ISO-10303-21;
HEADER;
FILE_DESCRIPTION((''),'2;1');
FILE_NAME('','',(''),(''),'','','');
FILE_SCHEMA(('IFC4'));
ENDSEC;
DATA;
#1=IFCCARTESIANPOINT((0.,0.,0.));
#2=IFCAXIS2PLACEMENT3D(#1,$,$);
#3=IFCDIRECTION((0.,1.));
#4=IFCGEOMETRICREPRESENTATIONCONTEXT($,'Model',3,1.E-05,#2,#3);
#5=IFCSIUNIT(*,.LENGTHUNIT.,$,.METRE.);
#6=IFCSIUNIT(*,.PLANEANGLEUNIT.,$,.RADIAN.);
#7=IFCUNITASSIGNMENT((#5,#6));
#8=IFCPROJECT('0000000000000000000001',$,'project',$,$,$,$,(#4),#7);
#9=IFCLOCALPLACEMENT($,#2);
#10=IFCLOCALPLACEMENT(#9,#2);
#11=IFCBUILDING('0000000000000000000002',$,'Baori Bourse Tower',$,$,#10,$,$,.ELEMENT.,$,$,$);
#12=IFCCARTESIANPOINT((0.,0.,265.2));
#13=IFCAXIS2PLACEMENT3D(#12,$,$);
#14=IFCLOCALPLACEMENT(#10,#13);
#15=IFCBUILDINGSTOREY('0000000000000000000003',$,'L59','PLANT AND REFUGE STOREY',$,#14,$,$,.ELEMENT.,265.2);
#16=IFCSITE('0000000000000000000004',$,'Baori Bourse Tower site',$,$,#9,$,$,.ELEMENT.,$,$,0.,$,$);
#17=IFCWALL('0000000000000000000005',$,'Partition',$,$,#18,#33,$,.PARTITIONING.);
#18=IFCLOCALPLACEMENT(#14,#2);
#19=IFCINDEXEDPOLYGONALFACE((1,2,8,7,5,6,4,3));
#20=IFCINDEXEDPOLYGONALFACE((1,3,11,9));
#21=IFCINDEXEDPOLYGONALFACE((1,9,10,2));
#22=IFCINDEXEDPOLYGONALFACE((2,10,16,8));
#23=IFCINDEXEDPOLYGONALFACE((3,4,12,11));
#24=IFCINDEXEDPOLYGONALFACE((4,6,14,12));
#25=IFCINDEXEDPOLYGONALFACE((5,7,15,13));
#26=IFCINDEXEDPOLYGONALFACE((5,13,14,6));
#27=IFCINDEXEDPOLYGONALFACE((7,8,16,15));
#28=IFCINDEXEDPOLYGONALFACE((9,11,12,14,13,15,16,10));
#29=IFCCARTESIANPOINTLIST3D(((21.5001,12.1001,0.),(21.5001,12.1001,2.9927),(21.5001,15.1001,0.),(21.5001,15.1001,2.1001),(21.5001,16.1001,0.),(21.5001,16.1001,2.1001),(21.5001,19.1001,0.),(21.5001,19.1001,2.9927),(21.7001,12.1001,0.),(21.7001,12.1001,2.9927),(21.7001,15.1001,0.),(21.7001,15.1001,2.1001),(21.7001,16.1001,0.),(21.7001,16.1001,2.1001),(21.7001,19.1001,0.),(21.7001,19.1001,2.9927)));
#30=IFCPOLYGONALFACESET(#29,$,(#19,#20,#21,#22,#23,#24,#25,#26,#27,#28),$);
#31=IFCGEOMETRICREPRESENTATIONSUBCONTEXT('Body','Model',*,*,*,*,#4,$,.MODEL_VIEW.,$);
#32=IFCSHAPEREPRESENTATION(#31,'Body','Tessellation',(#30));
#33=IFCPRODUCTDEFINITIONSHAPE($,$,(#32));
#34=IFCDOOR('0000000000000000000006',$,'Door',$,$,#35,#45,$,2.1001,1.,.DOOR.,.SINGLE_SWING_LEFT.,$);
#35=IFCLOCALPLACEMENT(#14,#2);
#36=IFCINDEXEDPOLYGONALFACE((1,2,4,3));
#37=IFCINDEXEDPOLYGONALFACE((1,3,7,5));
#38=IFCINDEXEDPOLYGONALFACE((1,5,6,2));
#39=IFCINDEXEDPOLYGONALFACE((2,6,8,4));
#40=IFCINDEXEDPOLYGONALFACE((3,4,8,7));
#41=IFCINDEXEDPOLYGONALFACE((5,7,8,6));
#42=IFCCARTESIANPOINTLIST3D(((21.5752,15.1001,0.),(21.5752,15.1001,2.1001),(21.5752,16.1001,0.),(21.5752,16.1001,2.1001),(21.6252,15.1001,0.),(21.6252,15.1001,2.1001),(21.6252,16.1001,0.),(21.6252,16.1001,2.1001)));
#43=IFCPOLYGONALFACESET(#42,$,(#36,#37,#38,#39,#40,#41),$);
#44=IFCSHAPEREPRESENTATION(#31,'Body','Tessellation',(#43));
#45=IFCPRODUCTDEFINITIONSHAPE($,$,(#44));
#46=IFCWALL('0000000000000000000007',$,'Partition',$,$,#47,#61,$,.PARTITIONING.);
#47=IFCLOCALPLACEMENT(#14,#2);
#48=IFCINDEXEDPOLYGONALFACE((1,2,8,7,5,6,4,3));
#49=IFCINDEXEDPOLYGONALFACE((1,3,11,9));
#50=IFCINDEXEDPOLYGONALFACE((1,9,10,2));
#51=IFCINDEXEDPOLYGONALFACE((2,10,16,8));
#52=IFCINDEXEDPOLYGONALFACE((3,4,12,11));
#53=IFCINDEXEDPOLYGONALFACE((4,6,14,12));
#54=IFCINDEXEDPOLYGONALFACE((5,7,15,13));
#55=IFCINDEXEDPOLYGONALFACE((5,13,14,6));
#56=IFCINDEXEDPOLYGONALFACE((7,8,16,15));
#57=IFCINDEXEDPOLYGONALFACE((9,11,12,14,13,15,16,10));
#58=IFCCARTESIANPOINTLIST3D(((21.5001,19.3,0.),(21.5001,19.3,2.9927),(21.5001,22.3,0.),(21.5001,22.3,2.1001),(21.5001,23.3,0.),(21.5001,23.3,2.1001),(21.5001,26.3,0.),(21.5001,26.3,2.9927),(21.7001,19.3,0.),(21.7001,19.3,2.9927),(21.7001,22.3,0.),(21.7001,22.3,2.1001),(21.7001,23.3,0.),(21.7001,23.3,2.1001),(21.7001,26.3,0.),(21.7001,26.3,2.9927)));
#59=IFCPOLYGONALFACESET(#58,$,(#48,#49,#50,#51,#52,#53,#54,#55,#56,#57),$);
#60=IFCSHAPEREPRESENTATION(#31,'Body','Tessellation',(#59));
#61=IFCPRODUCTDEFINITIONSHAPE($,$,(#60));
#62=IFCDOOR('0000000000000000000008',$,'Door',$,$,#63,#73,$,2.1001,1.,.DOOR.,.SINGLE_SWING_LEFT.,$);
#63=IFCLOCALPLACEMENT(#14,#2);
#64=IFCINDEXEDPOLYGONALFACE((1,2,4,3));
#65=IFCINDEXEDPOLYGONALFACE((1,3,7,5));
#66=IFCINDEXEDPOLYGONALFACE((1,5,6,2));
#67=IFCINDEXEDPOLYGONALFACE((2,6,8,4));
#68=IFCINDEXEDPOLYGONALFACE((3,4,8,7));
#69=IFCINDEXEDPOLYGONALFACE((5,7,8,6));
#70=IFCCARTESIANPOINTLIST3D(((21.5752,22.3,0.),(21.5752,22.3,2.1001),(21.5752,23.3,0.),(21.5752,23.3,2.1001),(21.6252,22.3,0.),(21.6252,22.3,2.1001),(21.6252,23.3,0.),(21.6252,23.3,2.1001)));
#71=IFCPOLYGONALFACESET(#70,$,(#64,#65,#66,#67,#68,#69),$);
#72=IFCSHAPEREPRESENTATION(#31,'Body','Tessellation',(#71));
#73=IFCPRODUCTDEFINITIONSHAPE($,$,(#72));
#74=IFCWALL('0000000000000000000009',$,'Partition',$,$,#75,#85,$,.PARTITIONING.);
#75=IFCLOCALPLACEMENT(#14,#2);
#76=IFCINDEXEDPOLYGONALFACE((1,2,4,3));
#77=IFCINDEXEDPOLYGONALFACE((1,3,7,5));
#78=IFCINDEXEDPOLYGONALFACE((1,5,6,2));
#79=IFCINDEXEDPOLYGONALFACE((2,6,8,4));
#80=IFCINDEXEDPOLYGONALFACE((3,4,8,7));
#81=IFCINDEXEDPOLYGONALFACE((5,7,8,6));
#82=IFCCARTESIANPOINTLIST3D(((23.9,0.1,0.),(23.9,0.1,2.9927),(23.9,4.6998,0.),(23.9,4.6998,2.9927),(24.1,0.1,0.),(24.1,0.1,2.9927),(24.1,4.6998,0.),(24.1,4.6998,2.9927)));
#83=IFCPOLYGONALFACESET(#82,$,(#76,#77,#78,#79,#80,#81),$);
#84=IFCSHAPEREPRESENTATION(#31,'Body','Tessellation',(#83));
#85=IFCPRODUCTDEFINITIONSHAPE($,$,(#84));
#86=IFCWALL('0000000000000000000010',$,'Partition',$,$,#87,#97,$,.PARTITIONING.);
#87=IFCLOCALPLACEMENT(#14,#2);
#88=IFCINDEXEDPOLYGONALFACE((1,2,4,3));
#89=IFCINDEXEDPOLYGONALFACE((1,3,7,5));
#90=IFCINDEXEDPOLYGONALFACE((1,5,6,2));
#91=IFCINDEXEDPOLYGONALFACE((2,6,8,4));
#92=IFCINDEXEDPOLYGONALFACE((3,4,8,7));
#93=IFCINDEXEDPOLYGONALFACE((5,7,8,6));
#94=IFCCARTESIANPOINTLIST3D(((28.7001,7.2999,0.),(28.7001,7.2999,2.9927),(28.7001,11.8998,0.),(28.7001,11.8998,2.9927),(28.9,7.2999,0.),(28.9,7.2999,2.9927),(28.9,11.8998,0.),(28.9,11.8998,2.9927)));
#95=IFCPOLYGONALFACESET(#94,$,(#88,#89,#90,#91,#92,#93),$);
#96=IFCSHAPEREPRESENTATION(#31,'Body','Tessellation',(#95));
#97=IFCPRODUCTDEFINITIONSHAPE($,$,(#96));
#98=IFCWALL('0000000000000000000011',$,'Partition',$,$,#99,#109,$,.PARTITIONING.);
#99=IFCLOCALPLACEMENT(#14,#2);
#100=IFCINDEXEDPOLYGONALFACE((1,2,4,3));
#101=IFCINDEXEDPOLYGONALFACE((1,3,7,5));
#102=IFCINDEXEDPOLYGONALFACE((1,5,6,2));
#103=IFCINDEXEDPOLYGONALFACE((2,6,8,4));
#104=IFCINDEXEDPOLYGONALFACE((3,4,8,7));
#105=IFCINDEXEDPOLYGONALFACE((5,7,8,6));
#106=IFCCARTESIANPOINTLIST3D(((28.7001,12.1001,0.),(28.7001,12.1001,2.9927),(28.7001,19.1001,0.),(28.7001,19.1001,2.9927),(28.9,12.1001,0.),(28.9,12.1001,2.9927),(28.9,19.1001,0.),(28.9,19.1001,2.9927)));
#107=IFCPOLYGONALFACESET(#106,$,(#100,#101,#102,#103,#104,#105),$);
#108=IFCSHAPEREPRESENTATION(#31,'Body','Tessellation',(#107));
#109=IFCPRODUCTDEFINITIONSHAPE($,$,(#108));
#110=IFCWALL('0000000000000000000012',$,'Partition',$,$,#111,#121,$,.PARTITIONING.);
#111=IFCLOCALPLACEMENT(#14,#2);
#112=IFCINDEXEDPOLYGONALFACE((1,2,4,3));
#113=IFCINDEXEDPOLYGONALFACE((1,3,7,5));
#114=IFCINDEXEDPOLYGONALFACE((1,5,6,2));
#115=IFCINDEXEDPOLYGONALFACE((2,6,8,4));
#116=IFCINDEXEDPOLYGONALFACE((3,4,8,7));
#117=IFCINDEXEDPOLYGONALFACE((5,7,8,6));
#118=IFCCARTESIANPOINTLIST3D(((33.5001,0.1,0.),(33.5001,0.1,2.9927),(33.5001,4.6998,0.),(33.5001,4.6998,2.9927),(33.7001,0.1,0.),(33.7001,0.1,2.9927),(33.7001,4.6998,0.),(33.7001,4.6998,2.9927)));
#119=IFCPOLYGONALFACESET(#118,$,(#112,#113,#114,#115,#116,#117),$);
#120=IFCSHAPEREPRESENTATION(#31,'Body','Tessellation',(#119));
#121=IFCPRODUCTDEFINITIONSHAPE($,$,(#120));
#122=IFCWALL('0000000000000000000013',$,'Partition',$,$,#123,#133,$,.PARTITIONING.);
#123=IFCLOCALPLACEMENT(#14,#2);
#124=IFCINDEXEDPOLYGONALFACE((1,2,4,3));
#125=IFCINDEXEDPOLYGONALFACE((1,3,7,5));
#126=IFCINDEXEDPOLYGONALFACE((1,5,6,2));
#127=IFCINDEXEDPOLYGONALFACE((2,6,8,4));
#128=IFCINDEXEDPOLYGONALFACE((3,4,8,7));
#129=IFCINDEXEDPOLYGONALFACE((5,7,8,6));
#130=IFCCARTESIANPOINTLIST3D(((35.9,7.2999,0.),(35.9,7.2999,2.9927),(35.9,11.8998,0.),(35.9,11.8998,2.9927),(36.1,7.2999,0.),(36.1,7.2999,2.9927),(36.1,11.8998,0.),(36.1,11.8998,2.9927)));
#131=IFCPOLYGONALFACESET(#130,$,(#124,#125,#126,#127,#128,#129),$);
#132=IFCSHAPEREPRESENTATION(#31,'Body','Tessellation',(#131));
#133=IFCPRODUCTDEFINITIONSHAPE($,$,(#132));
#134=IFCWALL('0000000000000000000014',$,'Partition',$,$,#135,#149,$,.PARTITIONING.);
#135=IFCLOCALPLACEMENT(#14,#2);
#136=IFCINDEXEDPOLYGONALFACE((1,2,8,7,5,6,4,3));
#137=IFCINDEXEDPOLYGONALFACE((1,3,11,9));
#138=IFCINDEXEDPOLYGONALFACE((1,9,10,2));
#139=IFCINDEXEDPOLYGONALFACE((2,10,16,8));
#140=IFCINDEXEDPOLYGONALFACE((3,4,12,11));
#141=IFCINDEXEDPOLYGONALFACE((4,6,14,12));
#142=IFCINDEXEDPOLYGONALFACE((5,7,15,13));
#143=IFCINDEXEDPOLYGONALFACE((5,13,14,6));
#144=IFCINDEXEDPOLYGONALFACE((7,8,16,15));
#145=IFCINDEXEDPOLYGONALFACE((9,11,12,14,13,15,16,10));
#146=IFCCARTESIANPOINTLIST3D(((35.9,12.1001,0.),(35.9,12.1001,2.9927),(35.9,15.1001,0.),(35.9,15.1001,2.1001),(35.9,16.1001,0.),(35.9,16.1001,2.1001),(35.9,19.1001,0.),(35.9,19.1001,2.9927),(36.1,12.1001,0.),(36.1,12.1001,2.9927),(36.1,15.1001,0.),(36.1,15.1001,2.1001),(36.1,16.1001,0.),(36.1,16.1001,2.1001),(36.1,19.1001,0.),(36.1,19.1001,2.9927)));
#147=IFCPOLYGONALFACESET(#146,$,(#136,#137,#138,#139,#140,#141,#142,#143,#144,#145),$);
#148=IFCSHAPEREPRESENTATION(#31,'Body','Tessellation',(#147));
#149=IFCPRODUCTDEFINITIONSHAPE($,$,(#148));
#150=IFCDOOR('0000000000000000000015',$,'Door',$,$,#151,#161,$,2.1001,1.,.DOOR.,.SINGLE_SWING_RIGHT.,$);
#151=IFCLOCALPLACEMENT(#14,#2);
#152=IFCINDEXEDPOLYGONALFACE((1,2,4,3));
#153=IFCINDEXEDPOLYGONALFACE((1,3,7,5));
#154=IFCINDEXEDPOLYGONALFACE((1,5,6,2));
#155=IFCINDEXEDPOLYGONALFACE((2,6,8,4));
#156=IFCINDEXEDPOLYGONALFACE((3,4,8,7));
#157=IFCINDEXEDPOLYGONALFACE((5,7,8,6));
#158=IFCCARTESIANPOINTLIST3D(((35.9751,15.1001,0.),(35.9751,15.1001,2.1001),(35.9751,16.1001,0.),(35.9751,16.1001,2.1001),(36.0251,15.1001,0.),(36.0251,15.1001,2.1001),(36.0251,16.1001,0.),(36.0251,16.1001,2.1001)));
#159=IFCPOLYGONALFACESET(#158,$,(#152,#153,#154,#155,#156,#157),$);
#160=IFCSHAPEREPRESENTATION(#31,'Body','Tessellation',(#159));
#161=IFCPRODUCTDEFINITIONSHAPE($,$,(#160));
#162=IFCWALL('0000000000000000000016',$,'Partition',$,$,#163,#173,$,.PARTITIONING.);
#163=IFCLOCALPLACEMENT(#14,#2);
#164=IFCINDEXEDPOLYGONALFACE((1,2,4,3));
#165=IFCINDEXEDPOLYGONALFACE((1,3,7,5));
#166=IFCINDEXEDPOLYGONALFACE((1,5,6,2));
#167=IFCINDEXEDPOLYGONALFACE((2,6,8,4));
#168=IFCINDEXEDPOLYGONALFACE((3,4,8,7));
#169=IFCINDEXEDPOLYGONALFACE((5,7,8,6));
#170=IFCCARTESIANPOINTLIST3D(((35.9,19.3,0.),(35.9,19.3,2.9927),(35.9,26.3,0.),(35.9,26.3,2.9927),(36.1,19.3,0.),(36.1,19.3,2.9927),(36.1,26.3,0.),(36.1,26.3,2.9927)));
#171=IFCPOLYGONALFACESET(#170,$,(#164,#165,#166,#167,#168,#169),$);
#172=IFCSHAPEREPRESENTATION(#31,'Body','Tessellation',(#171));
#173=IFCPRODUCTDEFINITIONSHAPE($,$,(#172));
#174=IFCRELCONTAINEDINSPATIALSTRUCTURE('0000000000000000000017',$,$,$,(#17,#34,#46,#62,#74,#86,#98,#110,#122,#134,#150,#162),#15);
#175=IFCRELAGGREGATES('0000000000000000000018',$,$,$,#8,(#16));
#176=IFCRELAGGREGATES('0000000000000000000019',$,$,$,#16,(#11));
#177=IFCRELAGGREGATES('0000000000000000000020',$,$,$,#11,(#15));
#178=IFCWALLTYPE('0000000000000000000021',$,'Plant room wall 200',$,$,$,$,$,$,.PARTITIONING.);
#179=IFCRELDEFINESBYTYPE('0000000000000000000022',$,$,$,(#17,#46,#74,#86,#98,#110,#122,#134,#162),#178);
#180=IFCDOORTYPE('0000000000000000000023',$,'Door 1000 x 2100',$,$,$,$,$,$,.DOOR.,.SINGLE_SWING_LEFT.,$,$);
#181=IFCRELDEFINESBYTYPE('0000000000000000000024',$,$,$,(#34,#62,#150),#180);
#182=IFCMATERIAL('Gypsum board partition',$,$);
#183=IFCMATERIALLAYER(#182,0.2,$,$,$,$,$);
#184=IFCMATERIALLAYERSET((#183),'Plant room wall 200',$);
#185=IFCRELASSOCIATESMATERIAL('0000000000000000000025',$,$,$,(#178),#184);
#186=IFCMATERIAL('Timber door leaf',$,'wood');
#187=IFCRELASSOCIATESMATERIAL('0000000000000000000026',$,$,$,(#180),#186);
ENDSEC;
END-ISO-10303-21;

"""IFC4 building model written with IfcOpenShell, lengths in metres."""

from ifc_helpers import new_model, si_unit, direction, frame, frame_2d, origin, place, context, subcontext, project, spatial, rectangle, extrude, material, layer, layer_set, type_object, element, fill, save


model = new_model("IFC4")

# Units and contexts
model_context = context("Model", 3, precision=1e-05, world=origin(), true_north=direction((0.0, 1.0)))
body_context = subcontext(model_context, "Body", "Model", "MODEL_VIEW")
ifc_project = project(units=[si_unit("LENGTHUNIT", "METRE"), si_unit("PLANEANGLEUNIT", "RADIAN")], contexts=[model_context])

# Site, building, storey
site_placement = place(None, origin())
site = spatial("IfcSite", under=ifc_project, at=site_placement, Name="Baori Bourse Tower site", CompositionType="ELEMENT", RefElevation=0.0)
building_placement = place(site_placement, origin())
building = spatial("IfcBuilding", under=site, at=building_placement, Name="Baori Bourse Tower", CompositionType="ELEMENT")
storey_placement = place(building_placement, frame((0.0, 0.0, 265.2)))
storey = spatial("IfcBuildingStorey", under=building, at=storey_placement, Name="L59", Description="PLANT AND REFUGE STOREY", CompositionType="ELEMENT", Elevation=265.2)

# Shared definitions
ifc_material_1 = material(Name="Gypsum board partition")
ifc_layer_1 = layer(ifc_material_1, 0.2)
ifc_layer_set_1 = layer_set([ifc_layer_1], Name="Plant room wall 200")
wall_type = type_object("IfcWallType", Name="Plant room wall 200", PredefinedType="PARTITIONING", material=ifc_layer_set_1)
ifc_material_2 = material(Name="Timber door leaf", Category="wood")
door_type = type_object("IfcDoorType", Name="Door 1000 x 2100", OperationType="SINGLE_SWING_LEFT", PredefinedType="DOOR", material=ifc_material_2)

# Walls, openings, doors
wall_1_placement = place(storey_placement, frame((21.6001, 12.1001, 0.0), z_axis=(0.0, 0.0, 1.0), x_axis=(0.0, 1.0, 0.0)))
wall_1 = element("IfcWall", 1, at=wall_1_placement, inside=storey, type_object=wall_type, Name="Partition", PredefinedType="PARTITIONING", context=body_context, shape_type="SweptSolid", body=[
    extrude(rectangle(XDim=7.0, YDim=0.2, at=frame_2d((3.5, 0.0))), origin(), (0.0, 0.0, 1.0), 2.9927),
])
opening_1_placement = place(wall_1_placement, frame((3.0, 0.0, 0.0)))
opening_1 = element("IfcOpeningElement", 2, at=opening_1_placement, cuts=wall_1, PredefinedType="OPENING", context=body_context, shape_type="SweptSolid", body=[
    extrude(rectangle(XDim=1.0, YDim=2.1001, at=frame_2d((0.5, 1.05))), frame((0.0, 0.1099, 0.0), z_axis=(0.0, -1.0, 0.0), x_axis=(1.0, 0.0, 0.0)), (0.0, 0.0, 1.0), 0.22),
])
door_1_placement = place(opening_1_placement, origin())
door_1 = element("IfcDoor", 3, at=door_1_placement, inside=storey, type_object=door_type, Name="Door", OperationType="SINGLE_SWING_LEFT", OverallHeight=2.1001, OverallWidth=1.0, PredefinedType="DOOR", context=body_context, shape_type="SweptSolid", body=[
    extrude(rectangle(XDim=1.0, YDim=2.1001, at=frame_2d((0.5, 1.05))), frame((0.0, 0.0249, 0.0), z_axis=(0.0, -1.0, 0.0), x_axis=(1.0, 0.0, 0.0)), (0.0, 0.0, 1.0), 0.05),
])
fill(opening_1, door_1)
wall_2_placement = place(storey_placement, frame((21.6001, 19.3, 0.0), z_axis=(0.0, 0.0, 1.0), x_axis=(0.0, 1.0, 0.0)))
wall_2 = element("IfcWall", 4, at=wall_2_placement, inside=storey, type_object=wall_type, Name="Partition", PredefinedType="PARTITIONING", context=body_context, shape_type="SweptSolid", body=[
    extrude(rectangle(XDim=7.0, YDim=0.2, at=frame_2d((3.5, 0.0))), origin(), (0.0, 0.0, 1.0), 2.9927),
])
opening_2_placement = place(wall_2_placement, frame((3.0, 0.0, 0.0)))
opening_2 = element("IfcOpeningElement", 5, at=opening_2_placement, cuts=wall_2, PredefinedType="OPENING", context=body_context, shape_type="SweptSolid", body=[
    extrude(rectangle(XDim=1.0, YDim=2.1001, at=frame_2d((0.5, 1.05))), frame((0.0, 0.1099, 0.0), z_axis=(0.0, -1.0, 0.0), x_axis=(1.0, 0.0, 0.0)), (0.0, 0.0, 1.0), 0.22),
])
door_2_placement = place(opening_2_placement, origin())
door_2 = element("IfcDoor", 6, at=door_2_placement, inside=storey, type_object=door_type, Name="Door", OperationType="SINGLE_SWING_LEFT", OverallHeight=2.1001, OverallWidth=1.0, PredefinedType="DOOR", context=body_context, shape_type="SweptSolid", body=[
    extrude(rectangle(XDim=1.0, YDim=2.1001, at=frame_2d((0.5, 1.05))), frame((0.0, 0.0249, 0.0), z_axis=(0.0, -1.0, 0.0), x_axis=(1.0, 0.0, 0.0)), (0.0, 0.0, 1.0), 0.05),
])
fill(opening_2, door_2)

# Walls
for number, where, z_axis, x_axis, name in (
    (7, (24.0, 0.1001, 0.0), (0.0, 0.0, 1.0), (0.0, 1.0, 0.0), "Partition"),
    (8, (28.8, 7.3, 0.0), (0.0, 0.0, 1.0), (0.0, 1.0, 0.0), "Partition"),
):
    element("IfcWall", number, at=place(storey_placement, frame(where, z_axis=z_axis, x_axis=x_axis)), inside=storey, type_object=wall_type, Name=name, PredefinedType="PARTITIONING", context=body_context, shape_type="SweptSolid", body=[
        extrude(rectangle(XDim=4.5999, YDim=0.2, at=frame_2d((2.2998, 0.0))), origin(), (0.0, 0.0, 1.0), 2.9927),
    ])
wall_3_placement = place(storey_placement, frame((28.8, 12.1001, 0.0), z_axis=(0.0, 0.0, 1.0), x_axis=(0.0, 1.0, 0.0)))
element("IfcWall", 9, at=wall_3_placement, inside=storey, type_object=wall_type, Name="Partition", PredefinedType="PARTITIONING", context=body_context, shape_type="SweptSolid", body=[
    extrude(rectangle(XDim=7.0, YDim=0.2, at=frame_2d((3.5, 0.0))), origin(), (0.0, 0.0, 1.0), 2.9927),
])
for number, where, z_axis, x_axis, name in (
    (10, (33.6001, 0.1001, 0.0), (0.0, 0.0, 1.0), (0.0, 1.0, 0.0), "Partition"),
    (11, (36.0, 7.3, 0.0), (0.0, 0.0, 1.0), (0.0, 1.0, 0.0), "Partition"),
):
    element("IfcWall", number, at=place(storey_placement, frame(where, z_axis=z_axis, x_axis=x_axis)), inside=storey, type_object=wall_type, Name=name, PredefinedType="PARTITIONING", context=body_context, shape_type="SweptSolid", body=[
        extrude(rectangle(XDim=4.5999, YDim=0.2, at=frame_2d((2.2998, 0.0))), origin(), (0.0, 0.0, 1.0), 2.9927),
    ])

# Wall, opening, door
wall_4_placement = place(storey_placement, frame((36.0, 12.1001, 0.0), z_axis=(0.0, 0.0, 1.0), x_axis=(0.0, 1.0, 0.0)))
wall_4 = element("IfcWall", 12, at=wall_4_placement, inside=storey, type_object=wall_type, Name="Partition", PredefinedType="PARTITIONING", context=body_context, shape_type="SweptSolid", body=[
    extrude(rectangle(XDim=7.0, YDim=0.2, at=frame_2d((3.5, 0.0))), origin(), (0.0, 0.0, 1.0), 2.9927),
])
opening_3_placement = place(wall_4_placement, frame((3.0, 0.0, 0.0)))
opening_3 = element("IfcOpeningElement", 13, at=opening_3_placement, cuts=wall_4, PredefinedType="OPENING", context=body_context, shape_type="SweptSolid", body=[
    extrude(rectangle(XDim=1.0, YDim=2.1001, at=frame_2d((0.5, 1.05))), frame((0.0, 0.1099, 0.0), z_axis=(0.0, -1.0, 0.0), x_axis=(1.0, 0.0, 0.0)), (0.0, 0.0, 1.0), 0.22),
])
door_3_placement = place(opening_3_placement, origin())
door_3 = element("IfcDoor", 14, at=door_3_placement, inside=storey, type_object=door_type, Name="Door", OperationType="SINGLE_SWING_RIGHT", OverallHeight=2.1001, OverallWidth=1.0, PredefinedType="DOOR", context=body_context, shape_type="SweptSolid", body=[
    extrude(rectangle(XDim=1.0, YDim=2.1001, at=frame_2d((0.5, 1.05))), frame((0.0, 0.0249, 0.0), z_axis=(0.0, -1.0, 0.0), x_axis=(1.0, 0.0, 0.0)), (0.0, 0.0, 1.0), 0.05),
])
fill(opening_3, door_3)

# Wall
wall_5_placement = place(storey_placement, frame((36.0, 19.3, 0.0), z_axis=(0.0, 0.0, 1.0), x_axis=(0.0, 1.0, 0.0)))
element("IfcWall", 15, at=wall_5_placement, inside=storey, type_object=wall_type, Name="Partition", PredefinedType="PARTITIONING", context=body_context, shape_type="SweptSolid", body=[
    extrude(rectangle(XDim=7.0, YDim=0.2, at=frame_2d((3.5, 0.0))), origin(), (0.0, 0.0, 1.0), 2.9927),
])

save(model, "model.ifc")
